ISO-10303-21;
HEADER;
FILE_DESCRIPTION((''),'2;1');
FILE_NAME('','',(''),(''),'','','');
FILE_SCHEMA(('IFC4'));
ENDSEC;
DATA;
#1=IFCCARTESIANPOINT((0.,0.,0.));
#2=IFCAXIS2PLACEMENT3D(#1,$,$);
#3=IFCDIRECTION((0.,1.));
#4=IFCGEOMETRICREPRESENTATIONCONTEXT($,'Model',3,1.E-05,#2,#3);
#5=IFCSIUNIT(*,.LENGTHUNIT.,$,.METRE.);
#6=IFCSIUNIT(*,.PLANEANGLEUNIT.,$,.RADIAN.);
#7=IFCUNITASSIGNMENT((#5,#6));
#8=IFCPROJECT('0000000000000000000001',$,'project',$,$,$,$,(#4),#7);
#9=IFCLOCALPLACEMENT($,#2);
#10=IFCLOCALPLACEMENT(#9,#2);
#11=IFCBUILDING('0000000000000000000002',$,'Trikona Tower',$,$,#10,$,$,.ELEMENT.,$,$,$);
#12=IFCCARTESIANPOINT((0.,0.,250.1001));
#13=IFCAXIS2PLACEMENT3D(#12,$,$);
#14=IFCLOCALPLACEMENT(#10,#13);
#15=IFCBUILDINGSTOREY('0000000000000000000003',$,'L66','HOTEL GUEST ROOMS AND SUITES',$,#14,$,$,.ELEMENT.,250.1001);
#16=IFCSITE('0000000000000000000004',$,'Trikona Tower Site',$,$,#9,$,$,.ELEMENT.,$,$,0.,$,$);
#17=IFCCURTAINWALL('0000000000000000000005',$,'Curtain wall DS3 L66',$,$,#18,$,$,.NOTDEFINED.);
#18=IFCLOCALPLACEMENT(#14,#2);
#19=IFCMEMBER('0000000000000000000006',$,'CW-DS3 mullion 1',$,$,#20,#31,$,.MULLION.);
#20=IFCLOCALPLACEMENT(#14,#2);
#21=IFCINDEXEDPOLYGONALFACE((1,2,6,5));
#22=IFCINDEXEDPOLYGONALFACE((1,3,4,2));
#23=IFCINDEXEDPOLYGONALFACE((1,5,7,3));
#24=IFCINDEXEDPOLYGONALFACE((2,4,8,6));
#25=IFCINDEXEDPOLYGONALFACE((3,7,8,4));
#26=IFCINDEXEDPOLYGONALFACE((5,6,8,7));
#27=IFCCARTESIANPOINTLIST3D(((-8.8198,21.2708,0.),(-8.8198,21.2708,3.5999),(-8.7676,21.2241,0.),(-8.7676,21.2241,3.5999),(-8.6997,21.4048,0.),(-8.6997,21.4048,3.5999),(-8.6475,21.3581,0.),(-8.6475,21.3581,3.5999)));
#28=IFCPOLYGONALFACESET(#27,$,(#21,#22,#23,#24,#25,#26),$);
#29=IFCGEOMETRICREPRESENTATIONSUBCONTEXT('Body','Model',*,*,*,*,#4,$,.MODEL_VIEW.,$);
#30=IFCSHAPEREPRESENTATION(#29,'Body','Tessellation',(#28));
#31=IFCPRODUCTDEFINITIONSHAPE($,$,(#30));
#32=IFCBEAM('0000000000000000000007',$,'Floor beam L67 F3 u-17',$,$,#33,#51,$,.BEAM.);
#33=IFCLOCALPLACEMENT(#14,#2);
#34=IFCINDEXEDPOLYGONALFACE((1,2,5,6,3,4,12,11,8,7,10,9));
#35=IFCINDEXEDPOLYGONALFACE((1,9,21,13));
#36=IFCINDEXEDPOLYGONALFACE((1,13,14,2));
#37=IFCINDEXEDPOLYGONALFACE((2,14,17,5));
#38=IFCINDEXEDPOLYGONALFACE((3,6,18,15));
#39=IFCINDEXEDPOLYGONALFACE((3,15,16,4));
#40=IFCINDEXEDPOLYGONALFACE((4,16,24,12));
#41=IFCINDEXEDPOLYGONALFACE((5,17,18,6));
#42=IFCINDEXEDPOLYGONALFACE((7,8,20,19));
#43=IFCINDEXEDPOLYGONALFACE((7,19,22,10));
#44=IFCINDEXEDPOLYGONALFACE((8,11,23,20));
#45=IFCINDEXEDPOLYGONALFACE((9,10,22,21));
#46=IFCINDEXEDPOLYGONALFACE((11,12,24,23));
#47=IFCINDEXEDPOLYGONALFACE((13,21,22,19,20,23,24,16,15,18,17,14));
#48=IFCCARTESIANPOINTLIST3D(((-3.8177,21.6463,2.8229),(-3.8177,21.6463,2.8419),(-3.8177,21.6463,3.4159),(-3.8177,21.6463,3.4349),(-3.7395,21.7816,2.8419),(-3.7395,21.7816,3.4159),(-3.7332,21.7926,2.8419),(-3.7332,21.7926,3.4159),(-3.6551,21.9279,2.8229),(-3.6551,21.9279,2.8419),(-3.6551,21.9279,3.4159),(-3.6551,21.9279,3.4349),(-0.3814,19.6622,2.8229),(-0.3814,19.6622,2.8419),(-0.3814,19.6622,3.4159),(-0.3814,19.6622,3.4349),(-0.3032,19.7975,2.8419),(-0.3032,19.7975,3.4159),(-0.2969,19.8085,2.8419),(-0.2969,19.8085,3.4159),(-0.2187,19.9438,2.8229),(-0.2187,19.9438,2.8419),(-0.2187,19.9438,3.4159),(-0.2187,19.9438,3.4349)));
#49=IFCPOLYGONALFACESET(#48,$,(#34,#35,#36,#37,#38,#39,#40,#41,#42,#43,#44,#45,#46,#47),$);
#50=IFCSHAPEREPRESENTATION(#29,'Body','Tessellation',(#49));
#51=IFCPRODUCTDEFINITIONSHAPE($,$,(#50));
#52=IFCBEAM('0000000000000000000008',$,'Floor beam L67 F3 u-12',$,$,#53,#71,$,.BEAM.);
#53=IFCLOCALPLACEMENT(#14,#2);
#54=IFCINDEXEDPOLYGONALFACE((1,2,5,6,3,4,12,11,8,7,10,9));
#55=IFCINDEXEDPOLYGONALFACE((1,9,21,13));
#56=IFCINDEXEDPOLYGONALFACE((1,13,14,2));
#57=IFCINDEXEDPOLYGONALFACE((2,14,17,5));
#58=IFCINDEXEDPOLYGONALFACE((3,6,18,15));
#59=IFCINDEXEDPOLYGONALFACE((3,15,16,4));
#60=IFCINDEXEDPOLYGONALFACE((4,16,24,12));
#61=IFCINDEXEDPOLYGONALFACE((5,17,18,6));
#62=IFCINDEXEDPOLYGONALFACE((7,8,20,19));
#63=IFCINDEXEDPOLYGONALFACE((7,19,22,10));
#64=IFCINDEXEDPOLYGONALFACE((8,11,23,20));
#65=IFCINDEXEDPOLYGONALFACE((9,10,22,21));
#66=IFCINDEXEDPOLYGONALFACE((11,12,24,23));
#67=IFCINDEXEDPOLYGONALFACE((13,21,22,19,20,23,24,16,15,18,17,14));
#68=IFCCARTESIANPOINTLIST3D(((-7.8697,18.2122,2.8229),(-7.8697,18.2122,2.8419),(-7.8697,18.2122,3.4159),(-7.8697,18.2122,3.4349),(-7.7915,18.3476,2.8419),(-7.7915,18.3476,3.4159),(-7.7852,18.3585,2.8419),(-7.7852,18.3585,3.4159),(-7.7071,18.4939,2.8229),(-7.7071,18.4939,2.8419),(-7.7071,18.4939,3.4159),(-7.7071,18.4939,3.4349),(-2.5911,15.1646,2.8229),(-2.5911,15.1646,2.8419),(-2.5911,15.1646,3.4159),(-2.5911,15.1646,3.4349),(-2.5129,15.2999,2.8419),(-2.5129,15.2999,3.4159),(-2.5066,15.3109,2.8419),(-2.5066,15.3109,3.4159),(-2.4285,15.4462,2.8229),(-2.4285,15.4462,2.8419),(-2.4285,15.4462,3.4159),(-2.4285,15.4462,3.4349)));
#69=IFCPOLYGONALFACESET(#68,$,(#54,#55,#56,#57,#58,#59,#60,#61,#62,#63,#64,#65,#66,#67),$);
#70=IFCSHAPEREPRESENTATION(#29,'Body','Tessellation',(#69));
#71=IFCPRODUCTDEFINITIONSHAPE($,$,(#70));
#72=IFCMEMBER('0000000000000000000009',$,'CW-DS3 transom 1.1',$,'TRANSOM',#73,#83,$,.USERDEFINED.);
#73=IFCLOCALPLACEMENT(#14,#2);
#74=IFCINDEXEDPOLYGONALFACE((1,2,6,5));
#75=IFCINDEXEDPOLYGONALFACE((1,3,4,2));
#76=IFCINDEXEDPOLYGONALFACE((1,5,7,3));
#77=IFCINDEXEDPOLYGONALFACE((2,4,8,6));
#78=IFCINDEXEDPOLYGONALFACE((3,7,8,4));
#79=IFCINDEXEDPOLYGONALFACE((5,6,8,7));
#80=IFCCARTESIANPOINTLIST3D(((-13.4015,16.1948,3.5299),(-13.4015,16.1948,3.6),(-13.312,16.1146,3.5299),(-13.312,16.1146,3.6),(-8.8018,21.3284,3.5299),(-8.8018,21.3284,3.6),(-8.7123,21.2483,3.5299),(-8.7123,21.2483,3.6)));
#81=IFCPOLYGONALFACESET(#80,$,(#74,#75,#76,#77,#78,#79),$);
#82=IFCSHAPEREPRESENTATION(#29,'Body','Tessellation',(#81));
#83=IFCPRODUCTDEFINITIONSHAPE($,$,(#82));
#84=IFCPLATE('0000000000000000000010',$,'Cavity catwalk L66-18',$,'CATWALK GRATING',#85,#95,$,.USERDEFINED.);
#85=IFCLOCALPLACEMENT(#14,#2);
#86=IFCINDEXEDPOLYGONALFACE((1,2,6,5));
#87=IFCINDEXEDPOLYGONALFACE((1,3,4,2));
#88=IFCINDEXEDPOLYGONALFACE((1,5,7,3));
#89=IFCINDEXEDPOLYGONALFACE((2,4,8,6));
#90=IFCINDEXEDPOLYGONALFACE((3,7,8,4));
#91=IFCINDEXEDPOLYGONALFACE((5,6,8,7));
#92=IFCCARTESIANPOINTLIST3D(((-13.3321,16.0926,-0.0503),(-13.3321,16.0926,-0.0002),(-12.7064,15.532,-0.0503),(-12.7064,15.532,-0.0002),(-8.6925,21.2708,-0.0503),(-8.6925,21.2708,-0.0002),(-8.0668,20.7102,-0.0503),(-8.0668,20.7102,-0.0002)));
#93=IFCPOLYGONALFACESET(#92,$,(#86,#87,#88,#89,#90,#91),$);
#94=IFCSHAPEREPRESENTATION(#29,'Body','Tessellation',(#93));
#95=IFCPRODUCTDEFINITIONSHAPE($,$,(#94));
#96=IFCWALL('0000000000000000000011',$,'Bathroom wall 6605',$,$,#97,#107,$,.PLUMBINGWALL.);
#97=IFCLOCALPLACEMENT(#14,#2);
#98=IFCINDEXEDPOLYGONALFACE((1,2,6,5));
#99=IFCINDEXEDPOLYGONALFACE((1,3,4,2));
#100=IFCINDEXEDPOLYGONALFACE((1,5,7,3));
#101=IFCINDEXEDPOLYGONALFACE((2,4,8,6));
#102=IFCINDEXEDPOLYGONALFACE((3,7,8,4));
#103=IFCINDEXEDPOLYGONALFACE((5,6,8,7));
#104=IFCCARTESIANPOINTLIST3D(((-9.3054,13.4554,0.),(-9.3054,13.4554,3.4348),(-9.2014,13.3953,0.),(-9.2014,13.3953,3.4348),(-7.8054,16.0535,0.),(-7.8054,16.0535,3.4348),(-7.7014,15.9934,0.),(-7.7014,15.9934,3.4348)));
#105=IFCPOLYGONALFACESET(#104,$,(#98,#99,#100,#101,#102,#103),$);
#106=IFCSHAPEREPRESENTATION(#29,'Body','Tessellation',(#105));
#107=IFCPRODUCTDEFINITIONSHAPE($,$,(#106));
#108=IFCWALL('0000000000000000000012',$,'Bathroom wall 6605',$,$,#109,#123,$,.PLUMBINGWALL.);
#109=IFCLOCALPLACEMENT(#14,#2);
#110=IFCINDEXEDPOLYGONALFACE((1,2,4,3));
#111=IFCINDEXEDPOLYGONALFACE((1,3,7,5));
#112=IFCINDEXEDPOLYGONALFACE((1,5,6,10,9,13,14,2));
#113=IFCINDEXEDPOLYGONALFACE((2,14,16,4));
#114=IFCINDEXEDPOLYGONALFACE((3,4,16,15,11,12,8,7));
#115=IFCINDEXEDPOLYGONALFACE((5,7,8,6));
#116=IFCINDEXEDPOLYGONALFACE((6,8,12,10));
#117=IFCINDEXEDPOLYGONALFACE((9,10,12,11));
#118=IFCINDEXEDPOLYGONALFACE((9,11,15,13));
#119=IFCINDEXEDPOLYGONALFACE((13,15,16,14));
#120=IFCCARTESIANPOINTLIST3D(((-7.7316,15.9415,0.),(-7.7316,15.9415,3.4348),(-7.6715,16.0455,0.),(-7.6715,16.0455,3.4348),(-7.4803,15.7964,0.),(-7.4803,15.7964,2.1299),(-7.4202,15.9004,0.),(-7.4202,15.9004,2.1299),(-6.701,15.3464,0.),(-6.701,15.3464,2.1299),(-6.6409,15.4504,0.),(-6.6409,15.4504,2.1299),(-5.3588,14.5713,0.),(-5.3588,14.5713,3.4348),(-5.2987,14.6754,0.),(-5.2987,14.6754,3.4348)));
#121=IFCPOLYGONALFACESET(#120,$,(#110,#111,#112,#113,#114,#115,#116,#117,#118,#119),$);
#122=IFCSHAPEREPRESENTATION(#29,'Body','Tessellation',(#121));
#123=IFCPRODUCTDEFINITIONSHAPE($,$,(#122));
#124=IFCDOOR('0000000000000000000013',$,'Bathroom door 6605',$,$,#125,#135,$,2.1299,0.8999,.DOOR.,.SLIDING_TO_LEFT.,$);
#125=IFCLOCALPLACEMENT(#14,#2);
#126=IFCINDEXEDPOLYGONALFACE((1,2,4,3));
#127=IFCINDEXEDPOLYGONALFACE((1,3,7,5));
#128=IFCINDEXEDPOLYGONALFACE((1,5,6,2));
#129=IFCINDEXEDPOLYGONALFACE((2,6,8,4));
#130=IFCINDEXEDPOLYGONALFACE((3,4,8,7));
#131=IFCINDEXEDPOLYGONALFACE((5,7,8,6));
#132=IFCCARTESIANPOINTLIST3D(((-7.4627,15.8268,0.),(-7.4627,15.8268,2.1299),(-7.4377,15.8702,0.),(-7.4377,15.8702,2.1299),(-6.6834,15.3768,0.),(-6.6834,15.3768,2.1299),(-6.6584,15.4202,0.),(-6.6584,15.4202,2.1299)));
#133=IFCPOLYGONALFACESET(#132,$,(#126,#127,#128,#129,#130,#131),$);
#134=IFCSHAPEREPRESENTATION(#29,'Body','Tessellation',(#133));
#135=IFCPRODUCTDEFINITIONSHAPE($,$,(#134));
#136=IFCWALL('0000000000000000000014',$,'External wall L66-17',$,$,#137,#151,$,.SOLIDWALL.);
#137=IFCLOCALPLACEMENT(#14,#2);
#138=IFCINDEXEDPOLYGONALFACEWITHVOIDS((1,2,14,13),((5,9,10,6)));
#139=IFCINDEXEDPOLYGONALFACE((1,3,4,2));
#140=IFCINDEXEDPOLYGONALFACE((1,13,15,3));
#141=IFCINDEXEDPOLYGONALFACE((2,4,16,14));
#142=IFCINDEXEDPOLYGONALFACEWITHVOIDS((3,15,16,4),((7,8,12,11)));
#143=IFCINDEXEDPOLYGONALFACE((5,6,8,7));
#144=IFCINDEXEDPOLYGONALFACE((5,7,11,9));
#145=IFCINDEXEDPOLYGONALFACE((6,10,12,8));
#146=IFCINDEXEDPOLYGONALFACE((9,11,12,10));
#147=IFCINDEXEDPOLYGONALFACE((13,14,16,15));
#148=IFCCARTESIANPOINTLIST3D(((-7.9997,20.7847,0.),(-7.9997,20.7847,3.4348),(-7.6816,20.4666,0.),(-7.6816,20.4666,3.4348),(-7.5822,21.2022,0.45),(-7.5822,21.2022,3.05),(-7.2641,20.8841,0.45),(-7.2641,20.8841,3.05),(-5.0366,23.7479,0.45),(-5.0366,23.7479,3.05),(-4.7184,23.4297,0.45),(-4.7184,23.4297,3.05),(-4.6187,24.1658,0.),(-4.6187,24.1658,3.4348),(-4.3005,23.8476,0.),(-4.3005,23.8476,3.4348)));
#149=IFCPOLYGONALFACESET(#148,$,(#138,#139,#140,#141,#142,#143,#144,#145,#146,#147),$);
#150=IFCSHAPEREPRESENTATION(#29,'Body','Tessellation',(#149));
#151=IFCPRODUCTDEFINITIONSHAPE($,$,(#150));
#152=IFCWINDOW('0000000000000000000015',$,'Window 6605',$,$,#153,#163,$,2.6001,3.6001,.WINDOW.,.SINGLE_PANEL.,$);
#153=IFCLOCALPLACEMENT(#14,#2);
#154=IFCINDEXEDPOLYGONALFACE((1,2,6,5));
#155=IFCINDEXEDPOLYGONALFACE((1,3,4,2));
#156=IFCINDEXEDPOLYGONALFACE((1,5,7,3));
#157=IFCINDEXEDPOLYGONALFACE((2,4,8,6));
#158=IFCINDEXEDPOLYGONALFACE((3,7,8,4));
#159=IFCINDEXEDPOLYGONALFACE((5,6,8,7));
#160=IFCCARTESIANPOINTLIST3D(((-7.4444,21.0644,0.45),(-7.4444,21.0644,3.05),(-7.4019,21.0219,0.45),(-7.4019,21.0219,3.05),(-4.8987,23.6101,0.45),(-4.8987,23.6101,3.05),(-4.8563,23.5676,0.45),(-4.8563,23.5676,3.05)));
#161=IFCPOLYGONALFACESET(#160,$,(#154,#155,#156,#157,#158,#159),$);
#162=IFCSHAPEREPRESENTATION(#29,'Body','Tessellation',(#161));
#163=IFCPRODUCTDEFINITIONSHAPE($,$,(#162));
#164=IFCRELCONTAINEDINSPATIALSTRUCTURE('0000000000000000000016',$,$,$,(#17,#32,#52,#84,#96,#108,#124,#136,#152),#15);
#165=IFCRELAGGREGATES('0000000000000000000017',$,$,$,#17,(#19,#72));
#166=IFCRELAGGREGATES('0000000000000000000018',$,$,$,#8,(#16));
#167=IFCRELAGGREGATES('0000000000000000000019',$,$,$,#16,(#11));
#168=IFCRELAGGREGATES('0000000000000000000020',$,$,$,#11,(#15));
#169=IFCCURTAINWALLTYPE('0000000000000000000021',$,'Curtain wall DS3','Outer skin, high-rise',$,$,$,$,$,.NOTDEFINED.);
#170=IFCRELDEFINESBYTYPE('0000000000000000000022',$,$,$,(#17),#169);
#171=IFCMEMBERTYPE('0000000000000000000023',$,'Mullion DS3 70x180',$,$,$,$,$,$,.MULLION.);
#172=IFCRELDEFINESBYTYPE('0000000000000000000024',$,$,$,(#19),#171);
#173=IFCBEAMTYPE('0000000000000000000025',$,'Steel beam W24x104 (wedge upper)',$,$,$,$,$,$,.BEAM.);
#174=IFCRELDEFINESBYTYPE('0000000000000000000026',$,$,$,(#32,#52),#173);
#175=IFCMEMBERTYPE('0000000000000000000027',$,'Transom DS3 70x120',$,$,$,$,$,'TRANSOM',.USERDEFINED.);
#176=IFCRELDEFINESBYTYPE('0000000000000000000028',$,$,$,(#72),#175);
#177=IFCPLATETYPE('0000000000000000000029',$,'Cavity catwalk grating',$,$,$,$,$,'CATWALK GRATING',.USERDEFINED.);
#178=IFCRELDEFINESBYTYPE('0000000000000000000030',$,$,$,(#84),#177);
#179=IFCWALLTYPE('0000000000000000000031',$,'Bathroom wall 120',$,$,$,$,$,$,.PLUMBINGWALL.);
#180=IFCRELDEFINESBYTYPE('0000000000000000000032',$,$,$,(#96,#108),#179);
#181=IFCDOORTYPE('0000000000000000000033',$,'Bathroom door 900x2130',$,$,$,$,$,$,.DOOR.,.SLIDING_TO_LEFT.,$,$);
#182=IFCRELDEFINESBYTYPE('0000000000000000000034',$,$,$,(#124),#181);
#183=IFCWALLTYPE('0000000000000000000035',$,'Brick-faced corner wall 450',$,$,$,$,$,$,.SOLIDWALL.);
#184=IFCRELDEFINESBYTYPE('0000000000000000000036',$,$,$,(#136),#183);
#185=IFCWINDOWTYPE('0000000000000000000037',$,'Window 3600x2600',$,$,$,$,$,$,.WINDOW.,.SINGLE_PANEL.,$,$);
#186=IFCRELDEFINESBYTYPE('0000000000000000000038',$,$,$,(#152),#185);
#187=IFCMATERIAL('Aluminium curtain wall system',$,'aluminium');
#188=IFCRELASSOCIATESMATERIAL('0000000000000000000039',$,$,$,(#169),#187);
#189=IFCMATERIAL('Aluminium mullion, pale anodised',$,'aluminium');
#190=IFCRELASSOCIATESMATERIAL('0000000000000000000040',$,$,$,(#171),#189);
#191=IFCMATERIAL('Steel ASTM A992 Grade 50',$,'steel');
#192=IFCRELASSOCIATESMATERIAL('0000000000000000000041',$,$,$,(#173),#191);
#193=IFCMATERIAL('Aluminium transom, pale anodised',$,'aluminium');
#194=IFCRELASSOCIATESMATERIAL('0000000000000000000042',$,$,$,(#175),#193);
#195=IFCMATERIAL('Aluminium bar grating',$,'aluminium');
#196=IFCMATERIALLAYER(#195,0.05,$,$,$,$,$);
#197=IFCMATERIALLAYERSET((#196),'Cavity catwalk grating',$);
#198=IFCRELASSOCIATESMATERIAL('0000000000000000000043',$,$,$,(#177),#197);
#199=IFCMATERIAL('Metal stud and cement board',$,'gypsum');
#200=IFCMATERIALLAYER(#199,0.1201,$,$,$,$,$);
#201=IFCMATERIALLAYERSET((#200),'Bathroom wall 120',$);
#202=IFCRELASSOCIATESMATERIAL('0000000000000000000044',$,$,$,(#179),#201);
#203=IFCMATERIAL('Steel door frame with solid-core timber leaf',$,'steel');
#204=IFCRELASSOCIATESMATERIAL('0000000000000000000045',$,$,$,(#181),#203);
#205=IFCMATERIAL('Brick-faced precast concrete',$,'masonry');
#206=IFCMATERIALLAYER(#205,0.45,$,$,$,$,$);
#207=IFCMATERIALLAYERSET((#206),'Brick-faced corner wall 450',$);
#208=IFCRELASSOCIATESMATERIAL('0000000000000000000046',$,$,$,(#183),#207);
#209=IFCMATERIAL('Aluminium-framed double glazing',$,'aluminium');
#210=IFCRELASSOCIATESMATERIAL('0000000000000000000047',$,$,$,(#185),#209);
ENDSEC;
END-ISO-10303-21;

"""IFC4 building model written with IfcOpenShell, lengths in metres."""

from ifc_helpers import new_model, si_unit, direction, frame, frame_2d, origin, origin_2d, place, context, subcontext, project, spatial, rectangle, i_section, extrude, material, layer, layer_set, material_profile, profile_set, type_object, element, fill, aggregate, save


model = new_model("IFC4")

# Units and contexts
model_context = context("Model", 3, precision=1e-05, world=origin(), true_north=direction((0.0, 1.0)))
body_context = subcontext(model_context, "Body", "Model", "MODEL_VIEW")
ifc_project = project(units=[si_unit("LENGTHUNIT", "METRE"), si_unit("PLANEANGLEUNIT", "RADIAN")], contexts=[model_context])

# Site, building, storey
site_placement = place(None, origin())
site = spatial("IfcSite", under=ifc_project, at=site_placement, Name="Trikona Tower Site", CompositionType="ELEMENT", RefElevation=0.0)
building_placement = place(site_placement, origin())
building = spatial("IfcBuilding", under=site, at=building_placement, Name="Trikona Tower", CompositionType="ELEMENT")
storey_placement = place(building_placement, frame((0.0, 0.0, 250.1001)))
storey = spatial("IfcBuildingStorey", under=building, at=storey_placement, Name="L66", Description="HOTEL GUEST ROOMS AND SUITES", CompositionType="ELEMENT", Elevation=250.1001)

# Curtain wall, member
ifc_material_1 = material(Name="Aluminium curtain wall system", Category="aluminium")
curtain_wall_type = type_object("IfcCurtainWallType", Name="Curtain wall DS3", Description="Outer skin, high-rise", PredefinedType="NOTDEFINED", material=ifc_material_1)
curtain_wall_placement = place(storey_placement, origin())
curtain_wall = element("IfcCurtainWall", 1, at=curtain_wall_placement, inside=storey, type_object=curtain_wall_type, Name="Curtain wall DS3 L66", PredefinedType="NOTDEFINED")
ifc_material_2 = material(Name="Aluminium mullion, pale anodised", Category="aluminium")
ifc_material_profile_1 = material_profile(ifc_material_2, rectangle(XDim=0.0701, YDim=0.1799, at=origin_2d()), Name="MUL-DS3")
ifc_profile_set_1 = profile_set([ifc_material_profile_1], Name="Aluminium mullion, pale anodised")
member_type_1 = type_object("IfcMemberType", Name="Mullion DS3 70x180", PredefinedType="MULLION", material=ifc_profile_set_1)
member_1_placement = place(storey_placement, frame((-8.7336, 21.3145, 0.0), z_axis=(0.0, 0.0, 1.0), x_axis=(0.744771, -0.66732, 0.0)))
member_1 = element("IfcMember", 2, at=member_1_placement, type_object=member_type_1, Name="CW-DS3 mullion 1", PredefinedType="MULLION", context=body_context, shape_type="SweptSolid", body=[
    extrude(rectangle(XDim=0.0701, YDim=0.1799, at=origin_2d()), origin(), (0.0, 0.0, 1.0), 3.5999),
])

# Beams
ifc_material_3 = material(Name="Steel ASTM A992 Grade 50", Category="steel")
ifc_material_profile_2 = material_profile(ifc_material_3, i_section(OverallWidth=0.3252, OverallDepth=0.6121, WebThickness=0.0127, FlangeThickness=0.019, at=origin_2d()), Name="W24X104")
ifc_profile_set_2 = profile_set([ifc_material_profile_2], Name="Steel ASTM A992 Grade 50")
beam_type = type_object("IfcBeamType", Name="Steel beam W24x104 (wedge upper)", PredefinedType="BEAM", material=ifc_profile_set_2)
beam_1_placement = place(storey_placement, frame((-0.3, 19.803, 3.1289), z_axis=(-0.866004, 0.500037, 0.0), x_axis=(-0.500037, -0.866004, 0.0)))
element("IfcBeam", 3, at=beam_1_placement, inside=storey, type_object=beam_type, Name="Floor beam L67 F3 u-17", PredefinedType="BEAM", context=body_context, shape_type="SweptSolid", body=[
    extrude(i_section(OverallWidth=0.3252, OverallDepth=0.6121, WebThickness=0.0127, FlangeThickness=0.019, at=origin_2d()), origin(), (0.0, 0.0, 1.0), 3.968),
])
beam_2_placement = place(storey_placement, frame((-2.5098, 15.3054, 3.1289), z_axis=(-0.866023, 0.500003, 0.0), x_axis=(-0.500003, -0.866023, 0.0)))
element("IfcBeam", 4, at=beam_2_placement, inside=storey, type_object=beam_type, Name="Floor beam L67 F3 u-12", PredefinedType="BEAM", context=body_context, shape_type="SweptSolid", body=[
    extrude(i_section(OverallWidth=0.3252, OverallDepth=0.6121, WebThickness=0.0127, FlangeThickness=0.019, at=origin_2d()), origin(), (0.0, 0.0, 1.0), 6.0952),
])

# Member
ifc_material_4 = material(Name="Aluminium transom, pale anodised", Category="aluminium")
ifc_material_profile_3 = material_profile(ifc_material_4, rectangle(XDim=0.1201, YDim=0.0701, at=origin_2d()), Name="TRN-DS3")
ifc_profile_set_3 = profile_set([ifc_material_profile_3], Name="Aluminium transom, pale anodised")
member_type_2 = type_object("IfcMemberType", Name="Transom DS3 70x120", ElementType="TRANSOM", PredefinedType="USERDEFINED", material=ifc_profile_set_3)
member_2_placement = place(storey_placement, frame((-8.7571, 21.2883, 3.5649), z_axis=(-0.667313, -0.744777, 0.0), x_axis=(0.744777, -0.667313, 0.0)))
member_2 = element("IfcMember", 5, at=member_2_placement, type_object=member_type_2, Name="CW-DS3 transom 1.1", ObjectType="TRANSOM", PredefinedType="USERDEFINED", context=body_context, shape_type="SweptSolid", body=[
    extrude(rectangle(XDim=0.1201, YDim=0.0701, at=origin_2d()), origin(), (0.0, 0.0, 1.0), 6.8928),
])
aggregate(curtain_wall, [member_1, member_2])

# Plate
ifc_material_5 = material(Name="Aluminium bar grating", Category="aluminium")
ifc_layer_1 = layer(ifc_material_5, 0.05)
ifc_layer_set_1 = layer_set([ifc_layer_1], Name="Cavity catwalk grating")
plate_type = type_object("IfcPlateType", Name="Cavity catwalk grating", ElementType="CATWALK GRATING", PredefinedType="USERDEFINED", material=ifc_layer_set_1)
plate_placement = place(storey_placement, frame((-10.6995, 18.4014, -0.0503), z_axis=(0.0, 0.0, 1.0), x_axis=(-0.667311, -0.744779, 0.0)))
element("IfcPlate", 6, at=plate_placement, inside=storey, type_object=plate_type, Name="Cavity catwalk L66-18", ObjectType="CATWALK GRATING", PredefinedType="USERDEFINED", context=body_context, shape_type="SweptSolid", body=[
    extrude(rectangle(XDim=6.9526, YDim=0.8401, at=origin_2d()), origin(), (0.0, 0.0, 1.0), 0.05),
])

# Wall
ifc_material_6 = material(Name="Metal stud and cement board", Category="gypsum")
ifc_layer_2 = layer(ifc_material_6, 0.1201)
ifc_layer_set_2 = layer_set([ifc_layer_2], Name="Bathroom wall 120")
wall_type_1 = type_object("IfcWallType", Name="Bathroom wall 120", PredefinedType="PLUMBINGWALL", material=ifc_layer_set_2)
wall_1_placement = place(storey_placement, frame((-7.7534, 16.0234, 0.0), z_axis=(0.0, 0.0, 1.0), x_axis=(-0.49999, -0.866031, 0.0)))
element("IfcWall", 7, at=wall_1_placement, inside=storey, type_object=wall_type_1, Name="Bathroom wall 6605", PredefinedType="PLUMBINGWALL", context=body_context, shape_type="SweptSolid", body=[
    extrude(rectangle(XDim=3.0, YDim=0.1201, at=frame_2d((1.5, 0.0))), origin(), (0.0, 0.0, 1.0), 3.4348),
])

# Wall, opening, door
wall_2_placement = place(storey_placement, frame((-5.3286, 14.6233, 0.0), z_axis=(0.0, 0.0, 1.0), x_axis=(-0.865997, 0.500049, 0.0)))
wall_2 = element("IfcWall", 8, at=wall_2_placement, inside=storey, type_object=wall_type_1, Name="Bathroom wall 6605", PredefinedType="PLUMBINGWALL", context=body_context, shape_type="SweptSolid", body=[
    extrude(rectangle(XDim=2.74, YDim=0.1201, at=frame_2d((1.3701, 0.0))), origin(), (0.0, 0.0, 1.0), 3.4348),
])
opening_1_placement = place(wall_2_placement, frame((1.55, 0.0, 0.0)))
opening_1 = element("IfcOpeningElement", 9, at=opening_1_placement, cuts=wall_2, PredefinedType="OPENING", context=body_context, shape_type="SweptSolid", body=[
    extrude(rectangle(XDim=0.8999, YDim=2.1299, at=frame_2d((0.45, 1.0649))), frame((0.0, 0.0701, 0.0), z_axis=(0.0, -1.0, 0.0), x_axis=(1.0, 0.0, 0.0)), (0.0, 0.0, 1.0), 0.1401),
])
ifc_material_7 = material(Name="Steel door frame with solid-core timber leaf", Category="steel")
door_type_1 = type_object("IfcDoorType", Name="Bathroom door 900x2130", OperationType="SLIDING_TO_LEFT", PredefinedType="DOOR", material=ifc_material_7)
door_1_placement = place(opening_1_placement, origin())
door_1 = element("IfcDoor", 10, at=door_1_placement, inside=storey, type_object=door_type_1, Name="Bathroom door 6605", OperationType="SLIDING_TO_LEFT", OverallHeight=2.1299, OverallWidth=0.8999, PredefinedType="DOOR", context=body_context, shape_type="SweptSolid", body=[
    extrude(rectangle(XDim=0.8999, YDim=2.1299, at=frame_2d((0.45, 1.0649))), frame((0.0, 0.0249, 0.0), z_axis=(0.0, -1.0, 0.0), x_axis=(1.0, 0.0, 0.0)), (0.0, 0.0, 1.0), 0.05),
])
fill(opening_1, door_1)

# Wall, opening, window
ifc_material_8 = material(Name="Brick-faced precast concrete", Category="masonry")
ifc_layer_3 = layer(ifc_material_8, 0.45)
ifc_layer_set_3 = layer_set([ifc_layer_3], Name="Brick-faced corner wall 450")
wall_type_2 = type_object("IfcWallType", Name="Brick-faced corner wall 450", PredefinedType="SOLIDWALL", material=ifc_layer_set_3)
wall_3_placement = place(storey_placement, frame((-4.4597, 24.0066, 0.0), z_axis=(0.0, 0.0, 1.0), x_axis=(-0.707107, -0.707107, 0.0)))
wall_3 = element("IfcWall", 11, at=wall_3_placement, inside=storey, type_object=wall_type_2, Name="External wall L66-17", PredefinedType="SOLIDWALL", context=body_context, shape_type="SweptSolid", body=[
    extrude(rectangle(XDim=4.7815, YDim=0.45, at=frame_2d((2.3906, 0.0))), origin(), (0.0, 0.0, 1.0), 3.4348),
])
opening_2_placement = place(wall_3_placement, frame((0.5908, 0.0, 0.45)))
opening_2 = element("IfcOpeningElement", 12, at=opening_2_placement, cuts=wall_3, PredefinedType="OPENING", context=body_context, shape_type="SweptSolid", body=[
    extrude(rectangle(XDim=3.6001, YDim=2.6001, at=frame_2d((1.8, 1.3))), frame((0.0, 0.2349, 0.0), z_axis=(0.0, -1.0, 0.0), x_axis=(1.0, 0.0, 0.0)), (0.0, 0.0, 1.0), 0.47),
])
ifc_material_9 = material(Name="Aluminium-framed double glazing", Category="aluminium")
window_type_1 = type_object("IfcWindowType", Name="Window 3600x2600", PartitioningType="SINGLE_PANEL", PredefinedType="WINDOW", material=ifc_material_9)
window_1_placement = place(opening_2_placement, origin())
window_1 = element("IfcWindow", 13, at=window_1_placement, inside=storey, type_object=window_type_1, Name="Window 6605", OverallHeight=2.6001, OverallWidth=3.6001, PartitioningType="SINGLE_PANEL", PredefinedType="WINDOW", context=body_context, shape_type="SweptSolid", body=[
    extrude(rectangle(XDim=3.6001, YDim=2.6001, at=frame_2d((1.8, 1.3))), frame((0.0, 0.03, 0.0), z_axis=(0.0, -1.0, 0.0), x_axis=(1.0, 0.0, 0.0)), (0.0, 0.0, 1.0), 0.0601),
])
fill(opening_2, window_1)

save(model, "model.ifc")
